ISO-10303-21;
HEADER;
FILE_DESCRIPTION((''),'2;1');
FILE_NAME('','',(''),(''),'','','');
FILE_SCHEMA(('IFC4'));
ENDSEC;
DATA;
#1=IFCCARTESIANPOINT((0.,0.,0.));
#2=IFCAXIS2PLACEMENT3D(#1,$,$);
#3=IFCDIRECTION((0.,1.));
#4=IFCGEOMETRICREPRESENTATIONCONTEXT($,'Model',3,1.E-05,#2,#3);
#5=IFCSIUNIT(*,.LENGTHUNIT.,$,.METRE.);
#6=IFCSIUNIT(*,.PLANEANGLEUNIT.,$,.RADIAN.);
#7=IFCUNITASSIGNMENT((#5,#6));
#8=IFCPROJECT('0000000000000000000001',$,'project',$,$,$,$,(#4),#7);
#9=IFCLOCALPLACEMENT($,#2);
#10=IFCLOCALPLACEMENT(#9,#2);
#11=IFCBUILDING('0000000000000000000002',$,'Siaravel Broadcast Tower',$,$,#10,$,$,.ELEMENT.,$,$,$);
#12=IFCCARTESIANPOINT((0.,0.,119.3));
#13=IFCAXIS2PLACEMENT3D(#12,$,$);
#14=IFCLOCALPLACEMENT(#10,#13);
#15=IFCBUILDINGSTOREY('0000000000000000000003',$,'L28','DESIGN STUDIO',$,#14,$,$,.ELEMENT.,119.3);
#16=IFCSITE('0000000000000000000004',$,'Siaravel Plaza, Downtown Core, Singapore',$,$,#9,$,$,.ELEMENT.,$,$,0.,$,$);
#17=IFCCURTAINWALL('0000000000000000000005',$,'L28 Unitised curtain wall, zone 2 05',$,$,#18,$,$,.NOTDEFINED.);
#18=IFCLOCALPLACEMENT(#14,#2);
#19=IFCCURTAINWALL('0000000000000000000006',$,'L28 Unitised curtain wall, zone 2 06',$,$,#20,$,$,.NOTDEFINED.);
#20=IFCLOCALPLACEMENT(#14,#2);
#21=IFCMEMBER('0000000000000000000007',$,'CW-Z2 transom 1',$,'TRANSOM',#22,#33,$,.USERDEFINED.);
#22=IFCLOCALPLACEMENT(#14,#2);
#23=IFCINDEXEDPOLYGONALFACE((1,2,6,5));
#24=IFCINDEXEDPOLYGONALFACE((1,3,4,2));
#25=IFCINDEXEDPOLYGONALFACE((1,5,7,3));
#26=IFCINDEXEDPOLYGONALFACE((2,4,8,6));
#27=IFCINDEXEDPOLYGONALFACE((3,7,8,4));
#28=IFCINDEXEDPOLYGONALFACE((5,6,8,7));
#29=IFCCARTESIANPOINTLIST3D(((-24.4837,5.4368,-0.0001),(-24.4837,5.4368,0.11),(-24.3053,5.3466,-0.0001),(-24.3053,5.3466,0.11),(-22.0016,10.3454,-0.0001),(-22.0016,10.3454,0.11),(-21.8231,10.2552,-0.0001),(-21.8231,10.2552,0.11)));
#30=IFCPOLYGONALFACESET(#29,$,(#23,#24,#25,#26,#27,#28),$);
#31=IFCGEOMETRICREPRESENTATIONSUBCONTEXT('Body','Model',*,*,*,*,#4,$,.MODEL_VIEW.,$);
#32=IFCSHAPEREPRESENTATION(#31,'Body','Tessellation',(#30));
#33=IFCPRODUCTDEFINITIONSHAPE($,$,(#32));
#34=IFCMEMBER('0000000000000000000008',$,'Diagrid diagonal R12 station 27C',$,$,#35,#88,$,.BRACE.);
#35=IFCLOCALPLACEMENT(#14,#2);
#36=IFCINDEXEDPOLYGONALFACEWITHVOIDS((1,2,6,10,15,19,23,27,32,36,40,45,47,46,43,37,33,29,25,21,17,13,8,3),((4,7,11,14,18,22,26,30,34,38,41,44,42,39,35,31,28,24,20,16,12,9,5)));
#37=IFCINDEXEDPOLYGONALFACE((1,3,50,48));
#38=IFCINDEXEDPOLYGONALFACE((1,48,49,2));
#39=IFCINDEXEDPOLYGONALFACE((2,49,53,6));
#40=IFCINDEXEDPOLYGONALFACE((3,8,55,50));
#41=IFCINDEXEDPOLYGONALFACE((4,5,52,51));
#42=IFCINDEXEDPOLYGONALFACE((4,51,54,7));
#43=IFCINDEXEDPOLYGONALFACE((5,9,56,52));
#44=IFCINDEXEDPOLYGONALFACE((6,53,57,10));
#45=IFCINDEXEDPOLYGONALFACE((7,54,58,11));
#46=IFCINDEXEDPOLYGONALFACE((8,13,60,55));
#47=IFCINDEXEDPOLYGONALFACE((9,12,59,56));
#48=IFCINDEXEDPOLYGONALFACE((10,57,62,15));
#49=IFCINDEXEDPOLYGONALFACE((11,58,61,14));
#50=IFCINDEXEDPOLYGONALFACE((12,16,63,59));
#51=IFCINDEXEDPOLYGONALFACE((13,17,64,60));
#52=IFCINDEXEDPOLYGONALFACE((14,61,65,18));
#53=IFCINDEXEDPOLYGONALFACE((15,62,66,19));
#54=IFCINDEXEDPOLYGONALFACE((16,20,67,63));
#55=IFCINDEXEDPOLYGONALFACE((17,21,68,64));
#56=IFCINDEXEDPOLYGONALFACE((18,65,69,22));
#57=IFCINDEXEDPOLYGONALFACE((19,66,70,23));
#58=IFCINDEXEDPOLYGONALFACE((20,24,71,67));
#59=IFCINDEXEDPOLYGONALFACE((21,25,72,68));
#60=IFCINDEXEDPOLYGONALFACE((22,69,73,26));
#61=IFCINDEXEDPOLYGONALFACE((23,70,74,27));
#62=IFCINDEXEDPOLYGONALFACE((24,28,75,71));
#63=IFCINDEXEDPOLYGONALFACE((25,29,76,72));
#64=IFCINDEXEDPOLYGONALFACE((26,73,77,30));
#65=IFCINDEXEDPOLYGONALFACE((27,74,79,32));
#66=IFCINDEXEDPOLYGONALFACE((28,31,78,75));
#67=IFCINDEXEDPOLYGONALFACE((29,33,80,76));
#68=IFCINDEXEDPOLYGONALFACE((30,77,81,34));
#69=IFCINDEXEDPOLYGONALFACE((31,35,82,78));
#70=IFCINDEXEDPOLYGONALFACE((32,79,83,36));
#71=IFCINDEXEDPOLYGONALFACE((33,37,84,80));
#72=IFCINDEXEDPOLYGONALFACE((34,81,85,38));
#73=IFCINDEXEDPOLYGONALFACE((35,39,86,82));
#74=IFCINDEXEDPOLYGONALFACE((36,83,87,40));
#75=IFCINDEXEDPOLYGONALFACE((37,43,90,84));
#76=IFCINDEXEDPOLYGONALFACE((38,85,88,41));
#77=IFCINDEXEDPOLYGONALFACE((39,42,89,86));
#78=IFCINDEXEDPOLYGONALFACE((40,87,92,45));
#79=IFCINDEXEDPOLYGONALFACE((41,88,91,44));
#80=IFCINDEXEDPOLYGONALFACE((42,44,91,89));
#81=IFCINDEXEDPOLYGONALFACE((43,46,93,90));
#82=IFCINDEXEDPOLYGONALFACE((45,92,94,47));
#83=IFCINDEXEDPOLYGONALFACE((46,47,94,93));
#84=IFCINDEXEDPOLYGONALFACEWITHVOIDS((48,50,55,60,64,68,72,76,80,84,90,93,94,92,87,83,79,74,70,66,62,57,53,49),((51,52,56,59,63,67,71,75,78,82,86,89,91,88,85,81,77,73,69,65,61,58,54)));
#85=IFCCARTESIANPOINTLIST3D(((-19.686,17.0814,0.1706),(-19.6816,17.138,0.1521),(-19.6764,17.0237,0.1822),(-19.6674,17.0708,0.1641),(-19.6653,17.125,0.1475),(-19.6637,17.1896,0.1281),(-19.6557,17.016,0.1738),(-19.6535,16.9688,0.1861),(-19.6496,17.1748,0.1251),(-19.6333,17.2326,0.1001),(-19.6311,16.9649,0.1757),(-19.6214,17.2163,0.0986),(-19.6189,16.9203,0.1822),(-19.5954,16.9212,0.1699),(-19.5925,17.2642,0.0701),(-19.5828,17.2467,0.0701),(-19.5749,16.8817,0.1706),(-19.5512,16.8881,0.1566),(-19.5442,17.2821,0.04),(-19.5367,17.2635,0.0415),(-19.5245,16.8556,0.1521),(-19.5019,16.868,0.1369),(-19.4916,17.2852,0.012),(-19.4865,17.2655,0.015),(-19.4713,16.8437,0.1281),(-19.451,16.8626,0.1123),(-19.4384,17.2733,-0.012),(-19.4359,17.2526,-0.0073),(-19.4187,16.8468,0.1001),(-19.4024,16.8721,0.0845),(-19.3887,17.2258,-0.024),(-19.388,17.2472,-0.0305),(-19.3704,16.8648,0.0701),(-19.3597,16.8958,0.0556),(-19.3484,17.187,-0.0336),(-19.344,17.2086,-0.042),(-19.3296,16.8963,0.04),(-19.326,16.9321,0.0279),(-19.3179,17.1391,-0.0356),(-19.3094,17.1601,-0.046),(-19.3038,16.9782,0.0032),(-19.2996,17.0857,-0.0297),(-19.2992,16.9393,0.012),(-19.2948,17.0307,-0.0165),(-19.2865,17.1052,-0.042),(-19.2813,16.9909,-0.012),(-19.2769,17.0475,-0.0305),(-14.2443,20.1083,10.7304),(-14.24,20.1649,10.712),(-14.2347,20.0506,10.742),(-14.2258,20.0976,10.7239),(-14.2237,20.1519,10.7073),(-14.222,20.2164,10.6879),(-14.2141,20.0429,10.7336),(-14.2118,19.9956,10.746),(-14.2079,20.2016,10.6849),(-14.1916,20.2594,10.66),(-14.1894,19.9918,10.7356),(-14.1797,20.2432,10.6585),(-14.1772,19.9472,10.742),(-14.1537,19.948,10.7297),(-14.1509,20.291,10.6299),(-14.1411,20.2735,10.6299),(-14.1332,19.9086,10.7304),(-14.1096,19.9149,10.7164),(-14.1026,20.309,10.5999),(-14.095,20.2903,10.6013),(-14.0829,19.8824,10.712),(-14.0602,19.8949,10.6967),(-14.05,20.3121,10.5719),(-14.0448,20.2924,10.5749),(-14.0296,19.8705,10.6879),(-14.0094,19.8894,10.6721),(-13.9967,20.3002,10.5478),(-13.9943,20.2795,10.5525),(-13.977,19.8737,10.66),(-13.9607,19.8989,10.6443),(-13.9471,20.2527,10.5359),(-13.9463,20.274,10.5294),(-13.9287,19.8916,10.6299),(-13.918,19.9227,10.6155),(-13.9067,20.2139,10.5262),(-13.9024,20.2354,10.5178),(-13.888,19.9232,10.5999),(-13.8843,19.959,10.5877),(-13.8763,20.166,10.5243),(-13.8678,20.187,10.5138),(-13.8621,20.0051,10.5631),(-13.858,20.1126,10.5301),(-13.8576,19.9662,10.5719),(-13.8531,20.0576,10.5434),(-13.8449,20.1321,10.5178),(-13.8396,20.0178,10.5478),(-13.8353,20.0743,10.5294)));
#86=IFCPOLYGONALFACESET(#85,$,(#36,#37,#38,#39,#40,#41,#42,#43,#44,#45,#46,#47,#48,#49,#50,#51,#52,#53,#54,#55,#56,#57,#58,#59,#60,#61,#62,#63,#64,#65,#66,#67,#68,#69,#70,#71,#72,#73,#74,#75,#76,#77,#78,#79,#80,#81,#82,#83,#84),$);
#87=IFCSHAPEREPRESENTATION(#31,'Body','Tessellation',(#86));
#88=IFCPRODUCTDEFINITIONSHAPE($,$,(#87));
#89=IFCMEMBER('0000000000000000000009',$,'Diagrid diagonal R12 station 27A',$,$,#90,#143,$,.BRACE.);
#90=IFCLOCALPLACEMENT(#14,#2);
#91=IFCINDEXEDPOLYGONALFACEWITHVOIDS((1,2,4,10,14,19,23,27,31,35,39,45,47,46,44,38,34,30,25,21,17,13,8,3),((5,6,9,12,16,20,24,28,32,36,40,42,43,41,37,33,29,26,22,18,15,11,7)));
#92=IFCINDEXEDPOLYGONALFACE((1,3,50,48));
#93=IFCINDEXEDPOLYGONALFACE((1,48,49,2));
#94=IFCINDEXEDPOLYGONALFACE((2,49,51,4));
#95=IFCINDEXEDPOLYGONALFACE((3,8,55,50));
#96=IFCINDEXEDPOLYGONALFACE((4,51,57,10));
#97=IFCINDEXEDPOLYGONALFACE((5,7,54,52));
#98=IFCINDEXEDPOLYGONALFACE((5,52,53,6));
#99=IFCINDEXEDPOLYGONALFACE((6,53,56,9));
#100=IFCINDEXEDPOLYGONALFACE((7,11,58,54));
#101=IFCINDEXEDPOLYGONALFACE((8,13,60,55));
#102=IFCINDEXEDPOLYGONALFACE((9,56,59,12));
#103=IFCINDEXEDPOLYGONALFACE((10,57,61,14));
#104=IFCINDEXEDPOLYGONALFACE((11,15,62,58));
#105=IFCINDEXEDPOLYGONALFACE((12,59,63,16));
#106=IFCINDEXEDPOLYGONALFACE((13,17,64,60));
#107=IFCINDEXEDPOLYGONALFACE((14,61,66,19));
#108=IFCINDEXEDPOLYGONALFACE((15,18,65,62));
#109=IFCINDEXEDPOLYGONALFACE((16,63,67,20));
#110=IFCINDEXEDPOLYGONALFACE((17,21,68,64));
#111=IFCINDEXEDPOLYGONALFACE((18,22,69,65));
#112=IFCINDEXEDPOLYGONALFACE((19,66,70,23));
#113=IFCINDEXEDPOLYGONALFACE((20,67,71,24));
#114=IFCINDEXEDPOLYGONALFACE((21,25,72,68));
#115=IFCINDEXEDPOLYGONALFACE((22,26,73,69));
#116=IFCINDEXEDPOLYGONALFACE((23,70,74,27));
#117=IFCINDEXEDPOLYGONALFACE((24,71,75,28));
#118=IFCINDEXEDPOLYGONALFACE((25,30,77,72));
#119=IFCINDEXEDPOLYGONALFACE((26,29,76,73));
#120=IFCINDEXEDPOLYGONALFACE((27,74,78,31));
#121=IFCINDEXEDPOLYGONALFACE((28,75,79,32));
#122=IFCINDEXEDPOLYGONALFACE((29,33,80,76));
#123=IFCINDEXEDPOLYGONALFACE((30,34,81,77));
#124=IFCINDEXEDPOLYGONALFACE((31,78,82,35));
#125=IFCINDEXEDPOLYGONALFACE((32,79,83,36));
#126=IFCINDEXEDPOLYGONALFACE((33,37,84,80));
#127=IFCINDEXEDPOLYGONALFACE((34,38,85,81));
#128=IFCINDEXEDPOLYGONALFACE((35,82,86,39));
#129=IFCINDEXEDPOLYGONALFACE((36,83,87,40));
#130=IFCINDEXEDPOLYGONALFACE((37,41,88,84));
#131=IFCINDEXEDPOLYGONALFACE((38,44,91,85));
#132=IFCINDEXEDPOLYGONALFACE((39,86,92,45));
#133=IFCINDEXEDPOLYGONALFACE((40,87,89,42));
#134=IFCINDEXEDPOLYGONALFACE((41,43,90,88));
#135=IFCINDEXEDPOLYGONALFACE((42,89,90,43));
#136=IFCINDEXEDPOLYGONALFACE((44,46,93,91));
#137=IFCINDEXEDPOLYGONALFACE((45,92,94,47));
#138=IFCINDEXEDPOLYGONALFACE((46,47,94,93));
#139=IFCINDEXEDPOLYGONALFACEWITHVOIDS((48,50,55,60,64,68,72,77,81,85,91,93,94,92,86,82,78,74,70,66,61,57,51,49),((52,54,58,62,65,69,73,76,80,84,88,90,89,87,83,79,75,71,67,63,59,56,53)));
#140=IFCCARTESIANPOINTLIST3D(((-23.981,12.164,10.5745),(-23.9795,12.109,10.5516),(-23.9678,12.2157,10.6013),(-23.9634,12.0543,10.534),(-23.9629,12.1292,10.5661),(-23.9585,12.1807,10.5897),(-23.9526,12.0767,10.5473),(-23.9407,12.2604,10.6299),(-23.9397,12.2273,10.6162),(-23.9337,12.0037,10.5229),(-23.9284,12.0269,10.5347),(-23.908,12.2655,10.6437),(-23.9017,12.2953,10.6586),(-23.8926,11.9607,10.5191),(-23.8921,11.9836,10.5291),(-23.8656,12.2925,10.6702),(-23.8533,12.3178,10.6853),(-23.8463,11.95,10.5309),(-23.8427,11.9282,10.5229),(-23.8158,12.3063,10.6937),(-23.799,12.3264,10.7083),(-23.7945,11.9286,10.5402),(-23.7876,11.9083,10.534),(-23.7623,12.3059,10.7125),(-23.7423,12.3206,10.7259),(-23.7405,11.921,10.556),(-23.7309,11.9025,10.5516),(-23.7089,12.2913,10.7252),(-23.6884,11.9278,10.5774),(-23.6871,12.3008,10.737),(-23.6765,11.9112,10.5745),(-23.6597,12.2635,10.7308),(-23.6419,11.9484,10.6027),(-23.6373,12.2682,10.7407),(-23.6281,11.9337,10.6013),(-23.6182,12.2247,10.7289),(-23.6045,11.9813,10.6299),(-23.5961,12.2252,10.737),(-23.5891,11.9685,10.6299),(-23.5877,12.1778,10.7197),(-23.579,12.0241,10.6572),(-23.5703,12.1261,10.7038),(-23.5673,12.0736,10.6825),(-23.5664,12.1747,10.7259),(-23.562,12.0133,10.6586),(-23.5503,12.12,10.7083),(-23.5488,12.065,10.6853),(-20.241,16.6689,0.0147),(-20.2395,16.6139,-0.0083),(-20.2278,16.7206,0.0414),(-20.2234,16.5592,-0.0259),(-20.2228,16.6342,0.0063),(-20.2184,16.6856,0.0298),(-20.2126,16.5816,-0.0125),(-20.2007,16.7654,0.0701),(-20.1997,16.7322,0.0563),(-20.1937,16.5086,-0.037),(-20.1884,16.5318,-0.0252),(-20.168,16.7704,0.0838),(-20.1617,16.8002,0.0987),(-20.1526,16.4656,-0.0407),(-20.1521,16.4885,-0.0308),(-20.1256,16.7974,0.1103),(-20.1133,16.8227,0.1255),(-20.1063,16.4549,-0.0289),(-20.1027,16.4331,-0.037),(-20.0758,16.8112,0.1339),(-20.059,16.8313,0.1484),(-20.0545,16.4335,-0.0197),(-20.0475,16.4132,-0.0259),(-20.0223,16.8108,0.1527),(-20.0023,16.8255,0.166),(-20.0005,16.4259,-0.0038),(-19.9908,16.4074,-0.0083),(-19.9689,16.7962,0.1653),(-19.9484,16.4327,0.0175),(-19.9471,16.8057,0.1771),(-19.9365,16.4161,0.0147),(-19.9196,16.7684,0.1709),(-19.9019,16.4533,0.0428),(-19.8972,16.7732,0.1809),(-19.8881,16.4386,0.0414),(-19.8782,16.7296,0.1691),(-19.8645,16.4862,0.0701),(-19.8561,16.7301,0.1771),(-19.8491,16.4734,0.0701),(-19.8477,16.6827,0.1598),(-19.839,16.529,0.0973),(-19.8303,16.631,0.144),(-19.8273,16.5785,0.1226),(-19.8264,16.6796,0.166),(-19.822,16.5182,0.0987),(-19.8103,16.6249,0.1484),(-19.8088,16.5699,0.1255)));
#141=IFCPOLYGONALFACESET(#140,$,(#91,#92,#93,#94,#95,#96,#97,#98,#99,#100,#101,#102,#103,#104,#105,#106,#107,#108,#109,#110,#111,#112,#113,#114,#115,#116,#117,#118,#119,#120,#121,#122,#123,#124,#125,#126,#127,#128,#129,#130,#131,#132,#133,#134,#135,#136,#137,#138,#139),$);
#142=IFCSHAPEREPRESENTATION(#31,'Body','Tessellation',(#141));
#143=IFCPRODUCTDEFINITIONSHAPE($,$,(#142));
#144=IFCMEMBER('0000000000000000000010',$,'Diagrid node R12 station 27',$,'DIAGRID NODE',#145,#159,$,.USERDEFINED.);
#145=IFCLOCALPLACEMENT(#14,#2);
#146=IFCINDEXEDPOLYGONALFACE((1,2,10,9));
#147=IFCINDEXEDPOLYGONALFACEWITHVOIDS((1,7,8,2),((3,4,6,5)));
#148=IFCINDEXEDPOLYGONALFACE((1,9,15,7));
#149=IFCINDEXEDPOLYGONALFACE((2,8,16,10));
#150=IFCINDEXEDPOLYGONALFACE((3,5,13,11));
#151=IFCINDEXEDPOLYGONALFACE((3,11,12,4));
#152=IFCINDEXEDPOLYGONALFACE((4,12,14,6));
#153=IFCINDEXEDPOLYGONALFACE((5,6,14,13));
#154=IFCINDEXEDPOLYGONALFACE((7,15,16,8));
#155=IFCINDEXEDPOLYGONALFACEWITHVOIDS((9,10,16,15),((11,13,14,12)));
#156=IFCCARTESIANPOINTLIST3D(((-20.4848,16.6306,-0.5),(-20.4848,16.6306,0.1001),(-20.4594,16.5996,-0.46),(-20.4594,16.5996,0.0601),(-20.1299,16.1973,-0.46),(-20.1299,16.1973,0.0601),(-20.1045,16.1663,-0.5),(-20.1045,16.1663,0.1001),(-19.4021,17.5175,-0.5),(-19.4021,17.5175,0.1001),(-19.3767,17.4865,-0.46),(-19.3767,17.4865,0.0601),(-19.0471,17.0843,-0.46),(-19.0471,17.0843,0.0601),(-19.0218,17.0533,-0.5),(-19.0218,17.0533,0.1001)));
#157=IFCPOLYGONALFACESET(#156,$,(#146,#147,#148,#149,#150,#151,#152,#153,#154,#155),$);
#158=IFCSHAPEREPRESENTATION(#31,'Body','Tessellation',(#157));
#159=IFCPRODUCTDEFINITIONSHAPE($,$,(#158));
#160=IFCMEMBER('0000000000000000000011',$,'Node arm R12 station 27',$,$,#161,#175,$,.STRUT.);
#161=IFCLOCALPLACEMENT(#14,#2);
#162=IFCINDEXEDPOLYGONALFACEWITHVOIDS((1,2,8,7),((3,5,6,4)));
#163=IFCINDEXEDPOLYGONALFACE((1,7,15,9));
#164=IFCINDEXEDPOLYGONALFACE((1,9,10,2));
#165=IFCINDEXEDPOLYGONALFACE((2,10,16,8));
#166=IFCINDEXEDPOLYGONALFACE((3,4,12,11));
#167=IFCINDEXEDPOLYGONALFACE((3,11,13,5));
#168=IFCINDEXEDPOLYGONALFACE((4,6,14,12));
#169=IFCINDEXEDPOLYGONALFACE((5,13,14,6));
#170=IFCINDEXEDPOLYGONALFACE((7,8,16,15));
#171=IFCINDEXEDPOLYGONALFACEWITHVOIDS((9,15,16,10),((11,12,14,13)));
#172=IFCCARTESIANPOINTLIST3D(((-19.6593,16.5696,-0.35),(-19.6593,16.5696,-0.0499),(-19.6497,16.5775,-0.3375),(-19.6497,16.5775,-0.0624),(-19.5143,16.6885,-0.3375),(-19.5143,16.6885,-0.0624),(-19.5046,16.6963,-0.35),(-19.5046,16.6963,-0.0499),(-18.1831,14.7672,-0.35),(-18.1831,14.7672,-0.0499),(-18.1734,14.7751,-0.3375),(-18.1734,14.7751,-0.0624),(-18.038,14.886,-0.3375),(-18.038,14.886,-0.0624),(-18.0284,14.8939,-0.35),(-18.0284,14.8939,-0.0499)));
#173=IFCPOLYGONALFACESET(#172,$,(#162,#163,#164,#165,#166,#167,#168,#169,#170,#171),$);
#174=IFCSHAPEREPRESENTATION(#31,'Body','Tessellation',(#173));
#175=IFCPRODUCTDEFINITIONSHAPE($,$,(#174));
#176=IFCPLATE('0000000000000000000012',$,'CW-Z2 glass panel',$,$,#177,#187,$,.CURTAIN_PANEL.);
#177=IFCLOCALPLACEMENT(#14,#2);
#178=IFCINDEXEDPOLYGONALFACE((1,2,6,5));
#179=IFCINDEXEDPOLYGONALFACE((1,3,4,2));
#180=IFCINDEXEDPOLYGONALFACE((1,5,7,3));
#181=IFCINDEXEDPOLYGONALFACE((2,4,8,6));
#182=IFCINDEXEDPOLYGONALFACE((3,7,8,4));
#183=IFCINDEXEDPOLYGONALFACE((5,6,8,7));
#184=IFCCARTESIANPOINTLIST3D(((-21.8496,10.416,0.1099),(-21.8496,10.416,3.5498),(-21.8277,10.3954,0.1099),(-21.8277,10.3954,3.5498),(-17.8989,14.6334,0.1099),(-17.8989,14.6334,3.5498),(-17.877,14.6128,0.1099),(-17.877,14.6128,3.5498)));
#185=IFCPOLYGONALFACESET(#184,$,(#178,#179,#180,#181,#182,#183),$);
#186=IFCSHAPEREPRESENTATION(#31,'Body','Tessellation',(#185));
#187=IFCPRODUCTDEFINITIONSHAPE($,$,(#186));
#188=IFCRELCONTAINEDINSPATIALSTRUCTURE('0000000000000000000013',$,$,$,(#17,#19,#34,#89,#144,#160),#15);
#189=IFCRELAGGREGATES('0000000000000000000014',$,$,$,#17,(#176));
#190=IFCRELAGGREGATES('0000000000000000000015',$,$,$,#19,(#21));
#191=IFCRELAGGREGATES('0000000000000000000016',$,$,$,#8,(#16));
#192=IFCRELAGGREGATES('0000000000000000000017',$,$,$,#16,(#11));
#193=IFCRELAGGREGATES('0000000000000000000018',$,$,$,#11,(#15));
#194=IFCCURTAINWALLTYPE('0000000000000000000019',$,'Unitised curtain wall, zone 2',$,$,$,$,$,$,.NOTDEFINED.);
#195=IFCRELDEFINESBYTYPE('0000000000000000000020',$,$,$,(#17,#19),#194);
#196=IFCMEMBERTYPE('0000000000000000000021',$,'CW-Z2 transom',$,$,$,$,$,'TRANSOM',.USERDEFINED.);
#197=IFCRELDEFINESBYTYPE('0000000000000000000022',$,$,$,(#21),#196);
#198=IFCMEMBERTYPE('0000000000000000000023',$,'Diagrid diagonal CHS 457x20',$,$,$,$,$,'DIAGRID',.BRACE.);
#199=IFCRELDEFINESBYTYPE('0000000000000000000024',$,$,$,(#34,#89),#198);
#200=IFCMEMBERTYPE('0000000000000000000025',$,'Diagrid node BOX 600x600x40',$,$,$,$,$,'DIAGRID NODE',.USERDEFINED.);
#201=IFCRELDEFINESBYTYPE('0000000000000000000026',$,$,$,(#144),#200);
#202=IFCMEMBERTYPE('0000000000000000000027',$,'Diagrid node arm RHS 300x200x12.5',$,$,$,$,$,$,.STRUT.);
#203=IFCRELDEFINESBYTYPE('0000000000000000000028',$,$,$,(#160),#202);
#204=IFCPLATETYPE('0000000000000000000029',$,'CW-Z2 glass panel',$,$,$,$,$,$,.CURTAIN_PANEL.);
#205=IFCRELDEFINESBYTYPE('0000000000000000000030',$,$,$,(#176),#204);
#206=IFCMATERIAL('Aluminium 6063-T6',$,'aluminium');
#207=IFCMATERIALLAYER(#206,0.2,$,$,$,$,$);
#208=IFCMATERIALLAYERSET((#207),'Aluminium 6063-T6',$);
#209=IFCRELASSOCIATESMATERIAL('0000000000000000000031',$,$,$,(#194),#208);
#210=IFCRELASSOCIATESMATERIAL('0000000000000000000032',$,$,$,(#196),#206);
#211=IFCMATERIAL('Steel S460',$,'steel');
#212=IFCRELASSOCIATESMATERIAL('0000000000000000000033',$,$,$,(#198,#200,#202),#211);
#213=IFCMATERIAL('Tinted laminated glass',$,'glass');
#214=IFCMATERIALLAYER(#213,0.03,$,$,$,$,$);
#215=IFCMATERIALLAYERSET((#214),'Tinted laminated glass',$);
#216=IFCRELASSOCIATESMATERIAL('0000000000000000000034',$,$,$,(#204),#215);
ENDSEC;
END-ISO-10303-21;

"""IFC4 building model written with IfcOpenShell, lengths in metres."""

from ifc_helpers import new_model, si_unit, direction, frame, origin, origin_2d, place, context, subcontext, project, spatial, rectangle, hollow_rectangle, hollow_circle, extrude, material, layer, layer_set, material_profile, profile_set, type_object, element, aggregate, save


model = new_model("IFC4")

# Units and contexts
model_context = context("Model", 3, precision=1e-05, world=origin(), true_north=direction((0.0, 1.0)))
body_context = subcontext(model_context, "Body", "Model", "MODEL_VIEW")
ifc_project = project(units=[si_unit("LENGTHUNIT", "METRE"), si_unit("PLANEANGLEUNIT", "RADIAN")], contexts=[model_context])

# Site, building, storey
site_placement = place(None, origin())
site = spatial("IfcSite", under=ifc_project, at=site_placement, Name="Siaravel Plaza, Downtown Core, Singapore", CompositionType="ELEMENT", RefElevation=0.0)
building_placement = place(site_placement, origin())
building = spatial("IfcBuilding", under=site, at=building_placement, Name="Siaravel Broadcast Tower", CompositionType="ELEMENT")
storey_placement = place(building_placement, frame((0.0, 0.0, 119.3)))
storey = spatial("IfcBuildingStorey", under=building, at=storey_placement, Name="L28", Description="DESIGN STUDIO", CompositionType="ELEMENT", Elevation=119.3)

# Curtain wall
ifc_material_1 = material(Name="Aluminium 6063-T6", Category="aluminium")
ifc_layer_1 = layer(ifc_material_1, 0.2)
ifc_layer_set_1 = layer_set([ifc_layer_1], Name="Aluminium 6063-T6")
curtain_wall_type = type_object("IfcCurtainWallType", Name="Unitised curtain wall, zone 2", PredefinedType="NOTDEFINED", material=ifc_layer_set_1)
curtain_wall_1_placement = place(storey_placement, origin())
curtain_wall_1 = element("IfcCurtainWall", 1, at=curtain_wall_1_placement, inside=storey, type_object=curtain_wall_type, Name="L28 Unitised curtain wall, zone 2 05", PredefinedType="NOTDEFINED")

# Curtain wall
curtain_wall_2_placement = place(storey_placement, origin())
curtain_wall_2 = element("IfcCurtainWall", 2, at=curtain_wall_2_placement, inside=storey, type_object=curtain_wall_type, Name="L28 Unitised curtain wall, zone 2 06", PredefinedType="NOTDEFINED")

# Member
ifc_material_profile_1 = material_profile(ifc_material_1, rectangle(XDim=0.2, YDim=0.1101, at=origin_2d()))
ifc_profile_set_1 = profile_set([ifc_material_profile_1], Name="Aluminium 6063-T6")
member_type_1 = type_object("IfcMemberType", Name="CW-Z2 transom", ElementType="TRANSOM", PredefinedType="USERDEFINED", material=ifc_profile_set_1)
member_1_placement = place(storey_placement, frame((-21.9124, 10.3003, 0.0549), z_axis=(-0.451257, -0.892394, 0.0), x_axis=(0.892394, -0.451257, 0.0)))
member_1 = element("IfcMember", 3, at=member_1_placement, type_object=member_type_1, Name="CW-Z2 transom 1", ObjectType="TRANSOM", PredefinedType="USERDEFINED", context=body_context, shape_type="SweptSolid", body=[
    extrude(rectangle(XDim=0.2, YDim=0.1101, at=origin_2d()), origin(), (0.0, 0.0, 1.0), 5.5005),
])

# Members
ifc_material_2 = material(Name="Steel S460", Category="steel")
ifc_material_profile_2 = material_profile(ifc_material_2, hollow_circle(Radius=0.2285, WallThickness=0.02, at=origin_2d()))
ifc_profile_set_2 = profile_set([ifc_material_profile_2], Name="Steel S460")
member_type_2 = type_object("IfcMemberType", Name="Diagrid diagonal CHS 457x20", ElementType="DIAGRID", PredefinedType="BRACE", material=ifc_profile_set_2)
member_2_placement = place(storey_placement, frame((-19.4814, 17.0645, 0.0701), z_axis=(0.44389, 0.246909, 0.861393), x_axis=(-0.486099, 0.873904, 0.0)))
element("IfcMember", 4, at=member_2_placement, inside=storey, type_object=member_type_2, Name="Diagrid diagonal R12 station 27C", PredefinedType="BRACE", context=body_context, shape_type="SweptSolid", body=[
    extrude(hollow_circle(Radius=0.2285, WallThickness=0.02, at=origin_2d()), origin(), (0.0, 0.0, 1.0), 12.259),
])
member_3_placement = place(storey_placement, frame((-20.0249, 16.6194, 0.0701), z_axis=(-0.309745, -0.373094, 0.874562), x_axis=(0.769403, -0.638764, 0.0)))
element("IfcMember", 5, at=member_3_placement, inside=storey, type_object=member_type_2, Name="Diagrid diagonal R12 station 27A", PredefinedType="BRACE", context=body_context, shape_type="SweptSolid", body=[
    extrude(hollow_circle(Radius=0.2285, WallThickness=0.02, at=origin_2d()), origin(), (0.0, 0.0, 1.0), 12.0745),
])
ifc_material_profile_3 = material_profile(ifc_material_2, hollow_rectangle(XDim=0.6001, YDim=0.6001, WallThickness=0.04, at=origin_2d()))
ifc_profile_set_3 = profile_set([ifc_material_profile_3], Name="Steel S460")
member_type_3 = type_object("IfcMemberType", Name="Diagrid node BOX 600x600x40", ElementType="DIAGRID NODE", PredefinedType="USERDEFINED", material=ifc_profile_set_3)
member_4_placement = place(storey_placement, frame((-19.2119, 17.2854, -0.2), z_axis=(-0.773584, -0.633694, 0.0), x_axis=(0.633694, -0.773584, 0.0)))
element("IfcMember", 6, at=member_4_placement, inside=storey, type_object=member_type_3, Name="Diagrid node R12 station 27", ObjectType="DIAGRID NODE", PredefinedType="USERDEFINED", context=body_context, shape_type="SweptSolid", body=[
    extrude(hollow_rectangle(XDim=0.6001, YDim=0.6001, WallThickness=0.04, at=origin_2d()), origin(), (0.0, 0.0, 1.0), 1.3997),
])
ifc_material_profile_4 = material_profile(ifc_material_2, hollow_rectangle(XDim=0.2, YDim=0.3, WallThickness=0.0125, at=origin_2d()))
ifc_profile_set_4 = profile_set([ifc_material_profile_4], Name="Steel S460")
member_type_4 = type_object("IfcMemberType", Name="Diagrid node arm RHS 300x200x12.5", PredefinedType="STRUT", material=ifc_profile_set_4)
member_5_placement = place(storey_placement, frame((-18.1057, 14.8306, -0.2), z_axis=(-0.633637, 0.77363, 0.0), x_axis=(-0.77363, -0.633637, 0.0)))
element("IfcMember", 7, at=member_5_placement, inside=storey, type_object=member_type_4, Name="Node arm R12 station 27", PredefinedType="STRUT", context=body_context, shape_type="SweptSolid", body=[
    extrude(hollow_rectangle(XDim=0.2, YDim=0.3, WallThickness=0.0125, at=origin_2d()), origin(), (0.0, 0.0, 1.0), 2.3298),
])

# Plate
ifc_material_3 = material(Name="Tinted laminated glass", Category="glass")
ifc_layer_2 = layer(ifc_material_3, 0.03)
ifc_layer_set_2 = layer_set([ifc_layer_2], Name="Tinted laminated glass")
plate_type = type_object("IfcPlateType", Name="CW-Z2 glass panel", PredefinedType="CURTAIN_PANEL", material=ifc_layer_set_2)
plate_1_placement = place(storey_placement, frame((-19.8633, 12.5144, 0.1099), z_axis=(0.0, 0.0, 1.0), x_axis=(-0.683655, -0.729805, 0.0)))
plate_1 = element("IfcPlate", 8, at=plate_1_placement, type_object=plate_type, Name="CW-Z2 glass panel", PredefinedType="CURTAIN_PANEL", context=body_context, shape_type="SweptSolid", body=[
    extrude(rectangle(XDim=5.7788, YDim=0.03, at=origin_2d()), origin(), (0.0, 0.0, 1.0), 3.4399),
])
aggregate(curtain_wall_1, [plate_1])
aggregate(curtain_wall_2, [member_1])

save(model, "model.ifc")
